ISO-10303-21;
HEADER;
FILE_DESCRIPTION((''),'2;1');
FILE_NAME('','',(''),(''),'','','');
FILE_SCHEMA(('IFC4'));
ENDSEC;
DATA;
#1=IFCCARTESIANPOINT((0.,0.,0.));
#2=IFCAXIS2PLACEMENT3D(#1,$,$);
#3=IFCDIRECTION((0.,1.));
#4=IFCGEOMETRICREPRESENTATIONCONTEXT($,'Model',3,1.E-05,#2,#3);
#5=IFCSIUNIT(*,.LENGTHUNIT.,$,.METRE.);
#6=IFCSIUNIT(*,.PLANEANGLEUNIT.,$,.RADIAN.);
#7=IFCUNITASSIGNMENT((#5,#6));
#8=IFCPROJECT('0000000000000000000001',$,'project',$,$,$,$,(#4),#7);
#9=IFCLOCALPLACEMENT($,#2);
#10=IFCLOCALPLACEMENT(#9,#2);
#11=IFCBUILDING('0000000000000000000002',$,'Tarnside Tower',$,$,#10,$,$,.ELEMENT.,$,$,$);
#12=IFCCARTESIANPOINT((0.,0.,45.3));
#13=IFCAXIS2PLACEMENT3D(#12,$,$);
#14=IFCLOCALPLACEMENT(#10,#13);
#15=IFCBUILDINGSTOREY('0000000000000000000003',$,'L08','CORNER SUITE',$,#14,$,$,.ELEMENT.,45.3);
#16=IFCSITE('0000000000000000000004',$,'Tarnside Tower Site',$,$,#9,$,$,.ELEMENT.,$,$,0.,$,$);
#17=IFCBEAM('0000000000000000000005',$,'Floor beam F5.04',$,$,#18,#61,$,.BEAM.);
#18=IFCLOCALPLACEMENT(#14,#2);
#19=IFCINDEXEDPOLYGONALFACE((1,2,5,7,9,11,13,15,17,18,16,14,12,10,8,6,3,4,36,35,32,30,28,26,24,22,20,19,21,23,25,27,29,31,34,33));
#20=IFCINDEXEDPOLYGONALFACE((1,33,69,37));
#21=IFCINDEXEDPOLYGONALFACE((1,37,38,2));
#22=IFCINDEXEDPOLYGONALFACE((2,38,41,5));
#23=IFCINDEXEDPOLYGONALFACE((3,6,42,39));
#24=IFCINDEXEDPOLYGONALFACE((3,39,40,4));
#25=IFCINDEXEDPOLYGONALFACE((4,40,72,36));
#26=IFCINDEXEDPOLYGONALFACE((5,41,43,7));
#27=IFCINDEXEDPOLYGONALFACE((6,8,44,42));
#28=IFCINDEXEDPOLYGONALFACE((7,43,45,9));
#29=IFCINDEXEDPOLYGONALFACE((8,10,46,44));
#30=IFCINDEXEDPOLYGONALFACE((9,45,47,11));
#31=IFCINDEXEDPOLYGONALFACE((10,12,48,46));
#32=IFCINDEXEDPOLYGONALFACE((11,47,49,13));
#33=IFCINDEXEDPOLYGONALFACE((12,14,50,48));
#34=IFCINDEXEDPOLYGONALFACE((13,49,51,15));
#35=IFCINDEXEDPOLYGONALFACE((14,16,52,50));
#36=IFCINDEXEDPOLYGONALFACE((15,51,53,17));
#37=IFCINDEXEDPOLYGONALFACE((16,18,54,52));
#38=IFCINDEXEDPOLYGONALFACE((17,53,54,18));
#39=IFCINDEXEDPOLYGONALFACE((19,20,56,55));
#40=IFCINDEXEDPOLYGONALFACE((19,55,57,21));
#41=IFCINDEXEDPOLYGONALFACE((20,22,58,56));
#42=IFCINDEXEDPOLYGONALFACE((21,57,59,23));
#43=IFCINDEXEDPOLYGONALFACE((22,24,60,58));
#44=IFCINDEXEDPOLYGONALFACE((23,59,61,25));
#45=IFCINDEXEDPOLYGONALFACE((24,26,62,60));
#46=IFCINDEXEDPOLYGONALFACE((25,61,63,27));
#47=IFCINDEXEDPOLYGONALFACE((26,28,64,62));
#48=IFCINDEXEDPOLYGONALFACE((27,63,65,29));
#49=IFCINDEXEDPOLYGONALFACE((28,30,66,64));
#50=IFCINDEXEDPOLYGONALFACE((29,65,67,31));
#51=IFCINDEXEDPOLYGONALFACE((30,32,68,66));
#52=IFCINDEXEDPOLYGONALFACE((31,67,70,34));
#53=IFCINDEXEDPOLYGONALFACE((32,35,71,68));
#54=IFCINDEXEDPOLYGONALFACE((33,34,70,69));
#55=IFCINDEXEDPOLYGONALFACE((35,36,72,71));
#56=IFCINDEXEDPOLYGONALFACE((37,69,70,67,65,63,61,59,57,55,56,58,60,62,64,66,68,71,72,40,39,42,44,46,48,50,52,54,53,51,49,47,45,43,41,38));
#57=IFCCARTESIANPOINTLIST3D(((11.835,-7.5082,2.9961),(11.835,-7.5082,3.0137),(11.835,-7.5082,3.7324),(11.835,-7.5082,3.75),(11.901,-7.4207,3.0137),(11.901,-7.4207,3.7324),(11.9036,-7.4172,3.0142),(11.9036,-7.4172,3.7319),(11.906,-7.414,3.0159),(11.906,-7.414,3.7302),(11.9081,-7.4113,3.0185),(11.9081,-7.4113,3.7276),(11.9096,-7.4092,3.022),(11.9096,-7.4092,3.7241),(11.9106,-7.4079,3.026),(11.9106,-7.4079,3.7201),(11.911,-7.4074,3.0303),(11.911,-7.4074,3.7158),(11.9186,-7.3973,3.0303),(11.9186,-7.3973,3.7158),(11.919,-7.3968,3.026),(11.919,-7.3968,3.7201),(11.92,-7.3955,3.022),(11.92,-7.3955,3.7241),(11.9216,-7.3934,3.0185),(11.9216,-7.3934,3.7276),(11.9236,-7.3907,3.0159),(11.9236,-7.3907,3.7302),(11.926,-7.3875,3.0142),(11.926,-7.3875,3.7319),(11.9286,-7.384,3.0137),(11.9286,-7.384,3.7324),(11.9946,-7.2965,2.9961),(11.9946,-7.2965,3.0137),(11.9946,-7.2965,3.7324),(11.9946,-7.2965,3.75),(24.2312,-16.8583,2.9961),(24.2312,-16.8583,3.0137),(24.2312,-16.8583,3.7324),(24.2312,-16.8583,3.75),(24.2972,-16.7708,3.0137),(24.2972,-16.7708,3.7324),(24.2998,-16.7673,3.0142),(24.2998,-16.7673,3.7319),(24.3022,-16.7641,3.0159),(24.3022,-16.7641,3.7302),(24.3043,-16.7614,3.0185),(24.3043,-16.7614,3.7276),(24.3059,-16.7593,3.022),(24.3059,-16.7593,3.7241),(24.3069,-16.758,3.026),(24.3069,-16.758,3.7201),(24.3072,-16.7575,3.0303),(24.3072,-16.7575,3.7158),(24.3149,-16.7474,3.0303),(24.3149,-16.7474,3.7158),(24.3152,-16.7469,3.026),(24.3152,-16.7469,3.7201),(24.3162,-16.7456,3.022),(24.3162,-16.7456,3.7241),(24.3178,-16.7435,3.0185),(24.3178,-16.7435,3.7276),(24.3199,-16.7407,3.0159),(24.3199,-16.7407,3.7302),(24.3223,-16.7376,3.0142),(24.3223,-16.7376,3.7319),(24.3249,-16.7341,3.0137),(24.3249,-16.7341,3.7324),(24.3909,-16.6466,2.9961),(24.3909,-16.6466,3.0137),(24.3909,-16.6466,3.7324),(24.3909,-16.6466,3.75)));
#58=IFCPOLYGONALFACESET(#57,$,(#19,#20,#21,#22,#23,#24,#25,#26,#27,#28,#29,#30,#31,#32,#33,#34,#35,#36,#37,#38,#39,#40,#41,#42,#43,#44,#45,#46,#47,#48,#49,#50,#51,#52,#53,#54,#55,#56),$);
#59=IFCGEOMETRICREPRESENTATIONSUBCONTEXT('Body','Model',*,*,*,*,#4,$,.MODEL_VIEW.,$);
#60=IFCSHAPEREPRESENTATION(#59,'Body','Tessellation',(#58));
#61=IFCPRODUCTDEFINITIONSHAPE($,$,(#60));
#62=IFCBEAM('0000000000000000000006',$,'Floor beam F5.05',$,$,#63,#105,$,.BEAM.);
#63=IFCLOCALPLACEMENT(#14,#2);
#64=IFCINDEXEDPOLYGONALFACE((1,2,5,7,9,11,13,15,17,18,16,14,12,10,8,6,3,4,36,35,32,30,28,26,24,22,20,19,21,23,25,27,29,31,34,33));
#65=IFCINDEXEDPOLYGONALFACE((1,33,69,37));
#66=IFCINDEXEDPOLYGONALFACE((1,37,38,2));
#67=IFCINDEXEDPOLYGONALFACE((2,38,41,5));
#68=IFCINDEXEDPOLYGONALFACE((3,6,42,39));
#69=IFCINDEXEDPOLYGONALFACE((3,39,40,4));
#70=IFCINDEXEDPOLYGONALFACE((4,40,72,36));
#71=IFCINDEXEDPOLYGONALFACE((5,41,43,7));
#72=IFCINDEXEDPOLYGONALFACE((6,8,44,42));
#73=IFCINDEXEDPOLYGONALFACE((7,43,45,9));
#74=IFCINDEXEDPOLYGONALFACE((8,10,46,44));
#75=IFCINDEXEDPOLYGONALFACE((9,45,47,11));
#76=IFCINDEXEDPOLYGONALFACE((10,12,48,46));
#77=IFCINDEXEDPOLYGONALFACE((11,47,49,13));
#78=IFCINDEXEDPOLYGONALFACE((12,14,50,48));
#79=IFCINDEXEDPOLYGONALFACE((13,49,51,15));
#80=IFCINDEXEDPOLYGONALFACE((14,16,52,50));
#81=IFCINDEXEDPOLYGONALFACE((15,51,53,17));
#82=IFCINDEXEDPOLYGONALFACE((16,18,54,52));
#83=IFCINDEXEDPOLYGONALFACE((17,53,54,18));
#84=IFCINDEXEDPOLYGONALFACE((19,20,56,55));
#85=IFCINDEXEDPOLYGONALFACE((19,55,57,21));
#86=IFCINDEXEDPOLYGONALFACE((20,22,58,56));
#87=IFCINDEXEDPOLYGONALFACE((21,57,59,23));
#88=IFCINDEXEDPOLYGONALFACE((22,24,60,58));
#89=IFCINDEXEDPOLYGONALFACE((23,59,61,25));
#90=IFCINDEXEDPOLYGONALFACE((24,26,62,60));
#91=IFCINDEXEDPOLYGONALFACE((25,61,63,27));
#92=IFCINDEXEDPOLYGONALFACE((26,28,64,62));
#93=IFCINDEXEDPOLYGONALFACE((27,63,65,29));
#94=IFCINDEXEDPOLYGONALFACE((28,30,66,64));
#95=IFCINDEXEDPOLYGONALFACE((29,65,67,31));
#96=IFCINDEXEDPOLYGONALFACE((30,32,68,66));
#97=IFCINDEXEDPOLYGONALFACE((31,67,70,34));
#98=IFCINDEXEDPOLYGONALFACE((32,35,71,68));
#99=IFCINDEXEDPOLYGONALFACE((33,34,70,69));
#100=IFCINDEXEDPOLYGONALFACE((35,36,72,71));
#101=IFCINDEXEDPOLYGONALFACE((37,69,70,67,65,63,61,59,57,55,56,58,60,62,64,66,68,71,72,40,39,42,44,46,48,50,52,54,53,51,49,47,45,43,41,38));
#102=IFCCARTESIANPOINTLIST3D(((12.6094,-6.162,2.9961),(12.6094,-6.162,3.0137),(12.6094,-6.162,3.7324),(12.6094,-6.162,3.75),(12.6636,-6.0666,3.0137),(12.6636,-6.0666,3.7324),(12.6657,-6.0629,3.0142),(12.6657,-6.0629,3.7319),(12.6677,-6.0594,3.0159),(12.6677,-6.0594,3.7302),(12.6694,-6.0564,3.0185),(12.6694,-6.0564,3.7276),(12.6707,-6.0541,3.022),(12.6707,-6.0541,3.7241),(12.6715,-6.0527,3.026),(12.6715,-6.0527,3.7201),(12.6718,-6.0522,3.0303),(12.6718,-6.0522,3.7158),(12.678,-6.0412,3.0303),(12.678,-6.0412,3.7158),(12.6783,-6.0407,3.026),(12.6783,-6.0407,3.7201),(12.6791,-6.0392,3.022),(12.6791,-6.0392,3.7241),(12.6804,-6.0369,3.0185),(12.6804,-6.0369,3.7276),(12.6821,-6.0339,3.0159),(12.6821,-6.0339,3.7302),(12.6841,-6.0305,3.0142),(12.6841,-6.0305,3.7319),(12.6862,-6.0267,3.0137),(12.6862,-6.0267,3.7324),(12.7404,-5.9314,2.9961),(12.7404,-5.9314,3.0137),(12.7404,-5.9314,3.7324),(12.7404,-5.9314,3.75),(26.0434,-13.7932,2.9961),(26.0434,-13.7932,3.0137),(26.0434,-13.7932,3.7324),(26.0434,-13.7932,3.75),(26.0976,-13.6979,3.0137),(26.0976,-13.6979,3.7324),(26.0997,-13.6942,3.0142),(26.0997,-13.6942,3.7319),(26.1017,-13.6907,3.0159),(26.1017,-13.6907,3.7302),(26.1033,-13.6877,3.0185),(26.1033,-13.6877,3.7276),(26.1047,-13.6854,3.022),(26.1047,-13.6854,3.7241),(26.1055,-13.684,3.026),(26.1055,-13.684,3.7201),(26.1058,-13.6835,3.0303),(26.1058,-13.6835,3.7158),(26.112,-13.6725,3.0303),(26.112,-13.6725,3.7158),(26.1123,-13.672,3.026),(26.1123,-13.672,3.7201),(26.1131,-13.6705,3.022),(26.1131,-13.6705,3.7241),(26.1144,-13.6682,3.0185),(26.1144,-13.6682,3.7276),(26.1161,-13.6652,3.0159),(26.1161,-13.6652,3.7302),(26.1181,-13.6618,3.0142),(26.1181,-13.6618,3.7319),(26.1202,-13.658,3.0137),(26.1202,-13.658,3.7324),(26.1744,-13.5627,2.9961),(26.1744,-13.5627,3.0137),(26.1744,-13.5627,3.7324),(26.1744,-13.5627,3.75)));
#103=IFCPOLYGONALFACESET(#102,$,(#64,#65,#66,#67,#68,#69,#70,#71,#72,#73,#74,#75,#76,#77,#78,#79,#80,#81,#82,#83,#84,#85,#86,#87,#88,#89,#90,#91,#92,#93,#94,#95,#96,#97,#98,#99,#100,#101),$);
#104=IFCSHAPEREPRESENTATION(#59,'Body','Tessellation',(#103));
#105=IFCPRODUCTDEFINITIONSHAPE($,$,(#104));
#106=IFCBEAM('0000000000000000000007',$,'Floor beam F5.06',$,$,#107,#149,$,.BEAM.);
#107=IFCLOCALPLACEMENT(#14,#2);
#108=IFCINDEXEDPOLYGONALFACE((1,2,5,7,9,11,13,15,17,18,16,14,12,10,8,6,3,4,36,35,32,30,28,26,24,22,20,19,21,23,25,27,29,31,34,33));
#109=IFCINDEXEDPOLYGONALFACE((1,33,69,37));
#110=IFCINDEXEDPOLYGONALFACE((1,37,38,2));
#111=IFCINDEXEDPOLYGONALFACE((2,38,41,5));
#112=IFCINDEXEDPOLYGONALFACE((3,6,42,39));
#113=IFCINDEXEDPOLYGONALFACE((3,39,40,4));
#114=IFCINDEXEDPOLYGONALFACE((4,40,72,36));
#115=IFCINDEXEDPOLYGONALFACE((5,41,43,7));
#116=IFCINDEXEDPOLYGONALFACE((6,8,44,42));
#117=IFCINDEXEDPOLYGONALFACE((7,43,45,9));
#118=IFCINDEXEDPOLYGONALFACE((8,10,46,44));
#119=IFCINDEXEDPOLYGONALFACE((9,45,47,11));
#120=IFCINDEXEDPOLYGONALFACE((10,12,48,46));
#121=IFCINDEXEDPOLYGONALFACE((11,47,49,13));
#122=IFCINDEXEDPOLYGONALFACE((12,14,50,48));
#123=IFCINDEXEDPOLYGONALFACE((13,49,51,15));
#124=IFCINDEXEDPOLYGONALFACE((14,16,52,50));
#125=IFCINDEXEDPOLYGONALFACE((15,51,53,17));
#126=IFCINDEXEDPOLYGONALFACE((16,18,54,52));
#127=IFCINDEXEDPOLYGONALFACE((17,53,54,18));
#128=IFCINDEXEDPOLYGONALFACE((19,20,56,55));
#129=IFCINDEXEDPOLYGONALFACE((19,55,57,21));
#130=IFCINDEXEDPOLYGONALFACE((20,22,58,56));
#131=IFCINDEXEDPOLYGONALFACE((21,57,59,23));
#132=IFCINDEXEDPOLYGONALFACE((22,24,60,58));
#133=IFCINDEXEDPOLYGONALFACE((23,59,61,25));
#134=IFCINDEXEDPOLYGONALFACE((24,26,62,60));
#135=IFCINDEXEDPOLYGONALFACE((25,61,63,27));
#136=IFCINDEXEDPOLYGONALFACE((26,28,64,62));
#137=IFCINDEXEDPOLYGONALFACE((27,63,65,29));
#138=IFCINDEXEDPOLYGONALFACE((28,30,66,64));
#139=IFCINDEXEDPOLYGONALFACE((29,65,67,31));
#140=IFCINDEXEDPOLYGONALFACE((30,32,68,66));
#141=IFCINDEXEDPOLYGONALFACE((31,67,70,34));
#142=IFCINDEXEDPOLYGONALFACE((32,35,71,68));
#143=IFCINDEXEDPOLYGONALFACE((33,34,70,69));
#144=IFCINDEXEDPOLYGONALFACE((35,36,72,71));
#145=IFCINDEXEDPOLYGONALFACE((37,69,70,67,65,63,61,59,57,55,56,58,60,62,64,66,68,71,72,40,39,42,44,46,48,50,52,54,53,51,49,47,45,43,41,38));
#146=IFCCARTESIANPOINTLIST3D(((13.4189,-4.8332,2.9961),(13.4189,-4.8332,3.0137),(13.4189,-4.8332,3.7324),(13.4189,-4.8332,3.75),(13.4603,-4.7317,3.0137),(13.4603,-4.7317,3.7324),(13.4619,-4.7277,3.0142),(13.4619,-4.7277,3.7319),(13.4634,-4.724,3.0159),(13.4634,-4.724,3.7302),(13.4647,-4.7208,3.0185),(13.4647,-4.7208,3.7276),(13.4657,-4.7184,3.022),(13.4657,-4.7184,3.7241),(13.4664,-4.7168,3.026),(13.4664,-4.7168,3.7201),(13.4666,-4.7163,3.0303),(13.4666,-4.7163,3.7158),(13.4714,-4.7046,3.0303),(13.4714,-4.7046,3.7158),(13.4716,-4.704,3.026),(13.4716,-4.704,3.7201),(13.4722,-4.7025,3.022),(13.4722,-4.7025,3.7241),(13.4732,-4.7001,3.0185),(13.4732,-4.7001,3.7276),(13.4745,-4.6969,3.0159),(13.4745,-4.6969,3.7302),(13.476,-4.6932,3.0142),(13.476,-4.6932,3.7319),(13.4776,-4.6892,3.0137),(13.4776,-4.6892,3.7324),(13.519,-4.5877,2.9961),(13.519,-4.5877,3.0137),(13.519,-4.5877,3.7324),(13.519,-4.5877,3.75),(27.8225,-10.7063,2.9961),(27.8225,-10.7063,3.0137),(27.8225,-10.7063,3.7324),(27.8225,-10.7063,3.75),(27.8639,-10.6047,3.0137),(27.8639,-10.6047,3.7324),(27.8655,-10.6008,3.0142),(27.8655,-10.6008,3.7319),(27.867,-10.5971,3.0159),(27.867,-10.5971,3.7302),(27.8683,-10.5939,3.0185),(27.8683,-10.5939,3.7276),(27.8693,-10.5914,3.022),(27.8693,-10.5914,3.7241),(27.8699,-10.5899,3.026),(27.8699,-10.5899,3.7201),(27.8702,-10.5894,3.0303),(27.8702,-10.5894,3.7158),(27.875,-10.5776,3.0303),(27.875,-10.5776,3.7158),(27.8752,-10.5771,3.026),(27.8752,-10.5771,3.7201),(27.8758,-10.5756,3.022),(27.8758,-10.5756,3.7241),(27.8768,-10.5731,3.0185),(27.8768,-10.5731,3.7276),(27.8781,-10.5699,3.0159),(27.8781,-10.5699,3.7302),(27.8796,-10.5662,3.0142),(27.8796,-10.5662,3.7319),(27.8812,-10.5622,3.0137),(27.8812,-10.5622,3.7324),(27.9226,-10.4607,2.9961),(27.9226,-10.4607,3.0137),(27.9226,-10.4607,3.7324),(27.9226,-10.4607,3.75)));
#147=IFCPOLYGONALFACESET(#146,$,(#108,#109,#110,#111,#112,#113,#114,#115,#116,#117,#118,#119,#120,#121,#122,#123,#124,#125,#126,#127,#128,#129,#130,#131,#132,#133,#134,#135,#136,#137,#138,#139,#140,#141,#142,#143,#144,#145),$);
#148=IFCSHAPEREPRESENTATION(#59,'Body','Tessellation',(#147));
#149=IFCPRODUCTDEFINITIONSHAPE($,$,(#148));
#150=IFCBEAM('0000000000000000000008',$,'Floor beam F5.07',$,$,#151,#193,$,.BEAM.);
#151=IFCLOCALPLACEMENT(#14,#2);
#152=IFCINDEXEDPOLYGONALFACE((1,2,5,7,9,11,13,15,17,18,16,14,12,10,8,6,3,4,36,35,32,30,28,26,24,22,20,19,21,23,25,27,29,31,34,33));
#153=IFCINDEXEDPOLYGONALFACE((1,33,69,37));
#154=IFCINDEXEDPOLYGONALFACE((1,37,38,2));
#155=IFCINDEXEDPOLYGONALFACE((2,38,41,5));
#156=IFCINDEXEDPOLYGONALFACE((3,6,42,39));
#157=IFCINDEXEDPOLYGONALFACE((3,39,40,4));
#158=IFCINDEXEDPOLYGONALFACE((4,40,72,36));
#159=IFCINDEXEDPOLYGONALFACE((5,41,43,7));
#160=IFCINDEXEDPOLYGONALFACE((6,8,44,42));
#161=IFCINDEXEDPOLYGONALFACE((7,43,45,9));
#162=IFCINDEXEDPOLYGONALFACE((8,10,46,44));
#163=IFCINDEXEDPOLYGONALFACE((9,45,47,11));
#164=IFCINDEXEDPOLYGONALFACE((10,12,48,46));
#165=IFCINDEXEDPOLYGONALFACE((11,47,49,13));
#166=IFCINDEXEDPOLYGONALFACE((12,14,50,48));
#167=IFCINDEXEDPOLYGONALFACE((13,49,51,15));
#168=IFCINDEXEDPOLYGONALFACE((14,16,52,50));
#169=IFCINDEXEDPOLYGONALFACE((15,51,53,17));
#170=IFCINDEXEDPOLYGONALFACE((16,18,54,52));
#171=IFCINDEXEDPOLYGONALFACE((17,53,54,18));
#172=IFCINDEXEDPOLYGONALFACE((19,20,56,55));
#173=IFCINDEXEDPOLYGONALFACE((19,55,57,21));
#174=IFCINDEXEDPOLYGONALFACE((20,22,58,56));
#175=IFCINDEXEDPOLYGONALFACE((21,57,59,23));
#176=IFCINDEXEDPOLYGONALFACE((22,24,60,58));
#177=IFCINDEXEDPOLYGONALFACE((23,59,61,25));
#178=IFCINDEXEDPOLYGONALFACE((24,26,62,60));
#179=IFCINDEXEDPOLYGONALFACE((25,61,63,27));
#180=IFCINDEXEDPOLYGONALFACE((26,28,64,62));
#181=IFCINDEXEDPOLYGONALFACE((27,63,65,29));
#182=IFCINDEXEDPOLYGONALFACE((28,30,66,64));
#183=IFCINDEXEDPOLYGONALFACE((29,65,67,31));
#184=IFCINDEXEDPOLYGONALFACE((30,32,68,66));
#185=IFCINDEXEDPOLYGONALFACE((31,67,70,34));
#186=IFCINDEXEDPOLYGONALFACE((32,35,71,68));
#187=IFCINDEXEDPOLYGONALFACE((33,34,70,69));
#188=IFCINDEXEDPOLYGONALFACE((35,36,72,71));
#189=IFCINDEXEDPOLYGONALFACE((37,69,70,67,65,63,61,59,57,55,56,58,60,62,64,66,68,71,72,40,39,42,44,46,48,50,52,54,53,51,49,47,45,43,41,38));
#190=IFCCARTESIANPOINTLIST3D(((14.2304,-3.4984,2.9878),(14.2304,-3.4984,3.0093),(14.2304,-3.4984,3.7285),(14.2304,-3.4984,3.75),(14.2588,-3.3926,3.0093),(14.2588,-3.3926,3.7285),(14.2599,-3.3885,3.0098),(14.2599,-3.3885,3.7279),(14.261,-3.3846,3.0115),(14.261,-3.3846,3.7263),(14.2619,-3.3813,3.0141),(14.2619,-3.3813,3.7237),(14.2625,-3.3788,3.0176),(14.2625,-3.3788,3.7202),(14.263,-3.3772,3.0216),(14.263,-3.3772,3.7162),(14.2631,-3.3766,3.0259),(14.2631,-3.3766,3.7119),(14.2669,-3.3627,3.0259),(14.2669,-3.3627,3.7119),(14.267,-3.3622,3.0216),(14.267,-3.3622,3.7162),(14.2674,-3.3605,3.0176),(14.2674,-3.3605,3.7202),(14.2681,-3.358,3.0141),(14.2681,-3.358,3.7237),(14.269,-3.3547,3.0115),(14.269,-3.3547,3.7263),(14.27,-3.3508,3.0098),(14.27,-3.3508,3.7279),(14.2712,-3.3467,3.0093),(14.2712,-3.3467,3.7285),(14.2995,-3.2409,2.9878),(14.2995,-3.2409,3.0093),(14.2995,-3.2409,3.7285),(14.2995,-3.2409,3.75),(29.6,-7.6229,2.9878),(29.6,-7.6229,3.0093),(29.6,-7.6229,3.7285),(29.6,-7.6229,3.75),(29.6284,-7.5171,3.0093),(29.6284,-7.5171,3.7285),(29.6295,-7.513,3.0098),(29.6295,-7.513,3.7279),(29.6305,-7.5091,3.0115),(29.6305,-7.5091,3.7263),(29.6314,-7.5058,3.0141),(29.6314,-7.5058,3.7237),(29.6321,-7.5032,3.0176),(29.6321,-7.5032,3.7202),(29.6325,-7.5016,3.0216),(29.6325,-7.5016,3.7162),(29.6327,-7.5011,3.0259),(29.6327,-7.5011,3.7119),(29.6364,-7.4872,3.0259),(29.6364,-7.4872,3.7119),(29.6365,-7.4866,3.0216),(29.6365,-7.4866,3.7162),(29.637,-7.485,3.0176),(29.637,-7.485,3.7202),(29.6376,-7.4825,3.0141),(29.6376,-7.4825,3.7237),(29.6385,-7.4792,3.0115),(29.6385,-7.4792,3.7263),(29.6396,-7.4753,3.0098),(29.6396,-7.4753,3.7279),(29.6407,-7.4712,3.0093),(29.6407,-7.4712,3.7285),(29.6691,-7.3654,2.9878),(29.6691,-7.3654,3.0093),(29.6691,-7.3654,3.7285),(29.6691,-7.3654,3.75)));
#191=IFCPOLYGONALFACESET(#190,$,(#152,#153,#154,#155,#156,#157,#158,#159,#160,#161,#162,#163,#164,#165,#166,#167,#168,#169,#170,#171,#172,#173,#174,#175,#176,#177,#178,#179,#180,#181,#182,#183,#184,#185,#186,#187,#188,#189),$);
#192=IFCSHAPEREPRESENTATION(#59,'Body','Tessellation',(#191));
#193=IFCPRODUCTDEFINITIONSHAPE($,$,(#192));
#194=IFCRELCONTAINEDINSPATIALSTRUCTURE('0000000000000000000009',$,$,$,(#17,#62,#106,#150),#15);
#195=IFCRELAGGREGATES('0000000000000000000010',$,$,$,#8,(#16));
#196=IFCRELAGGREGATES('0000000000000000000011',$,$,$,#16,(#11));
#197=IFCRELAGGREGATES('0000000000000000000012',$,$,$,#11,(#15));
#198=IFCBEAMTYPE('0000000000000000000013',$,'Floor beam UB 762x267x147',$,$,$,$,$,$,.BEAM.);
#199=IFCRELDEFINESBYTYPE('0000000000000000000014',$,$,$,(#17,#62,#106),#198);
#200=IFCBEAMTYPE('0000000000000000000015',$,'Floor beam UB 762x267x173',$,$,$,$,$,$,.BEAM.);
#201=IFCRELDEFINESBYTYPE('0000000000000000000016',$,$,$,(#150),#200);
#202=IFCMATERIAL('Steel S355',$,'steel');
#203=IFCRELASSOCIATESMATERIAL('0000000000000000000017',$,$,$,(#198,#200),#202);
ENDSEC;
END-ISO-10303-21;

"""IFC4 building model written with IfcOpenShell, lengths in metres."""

from ifc_helpers import new_model, si_unit, direction, frame, origin, origin_2d, place, context, subcontext, project, spatial, i_section, extrude, material, material_profile, profile_set, type_object, element, save


model = new_model("IFC4")

# Units and contexts
model_context = context("Model", 3, precision=1e-05, world=origin(), true_north=direction((0.0, 1.0)))
body_context = subcontext(model_context, "Body", "Model", "MODEL_VIEW")
ifc_project = project(units=[si_unit("LENGTHUNIT", "METRE"), si_unit("PLANEANGLEUNIT", "RADIAN")], contexts=[model_context])

# Site, building, storey
site_placement = place(None, origin())
site = spatial("IfcSite", under=ifc_project, at=site_placement, Name="Tarnside Tower Site", CompositionType="ELEMENT", RefElevation=0.0)
building_placement = place(site_placement, origin())
building = spatial("IfcBuilding", under=site, at=building_placement, Name="Tarnside Tower", CompositionType="ELEMENT")
storey_placement = place(building_placement, frame((0.0, 0.0, 45.3)))
storey = spatial("IfcBuildingStorey", under=building, at=storey_placement, Name="L08", Description="CORNER SUITE", CompositionType="ELEMENT", Elevation=45.3)

# Beams
ifc_material_1 = material(Name="Steel S355", Category="steel")
ifc_material_profile_1 = material_profile(ifc_material_1, i_section(OverallWidth=0.2651, OverallDepth=0.7539, WebThickness=0.0127, FlangeThickness=0.0176, FilletRadius=0.0166, at=origin_2d()), Name="UB 762x267x147")
ifc_profile_set_1 = profile_set([ifc_material_profile_1], Name="Steel S355")
beam_type_1 = type_object("IfcBeamType", Name="Floor beam UB 762x267x147", PredefinedType="BEAM", material=ifc_profile_set_1)
beam_1_placement = place(storey_placement, frame((24.311, -16.7524, 3.373), z_axis=(-0.798361, 0.602179, 0.0), x_axis=(-0.602179, -0.798361, 0.0)))
element("IfcBeam", 1, at=beam_1_placement, inside=storey, type_object=beam_type_1, Name="Floor beam F5.04", PredefinedType="BEAM", context=body_context, shape_type="SweptSolid", body=[
    extrude(i_section(OverallWidth=0.2651, OverallDepth=0.7539, WebThickness=0.0127, FlangeThickness=0.0176, FilletRadius=0.0166, at=origin_2d()), origin(), (0.0, 0.0, 1.0), 15.5271),
])
beam_2_placement = place(storey_placement, frame((26.1089, -13.678, 3.373), z_axis=(-0.869503, 0.493929, 0.0), x_axis=(-0.493929, -0.869503, 0.0)))
element("IfcBeam", 2, at=beam_2_placement, inside=storey, type_object=beam_type_1, Name="Floor beam F5.05", PredefinedType="BEAM", context=body_context, shape_type="SweptSolid", body=[
    extrude(i_section(OverallWidth=0.2651, OverallDepth=0.7539, WebThickness=0.0127, FlangeThickness=0.0176, FilletRadius=0.0166, at=origin_2d()), origin(), (0.0, 0.0, 1.0), 15.4502),
])
beam_3_placement = place(storey_placement, frame((27.8726, -10.5835, 3.373), z_axis=(-0.925982, 0.377569, 0.0), x_axis=(-0.377569, -0.925982, 0.0)))
element("IfcBeam", 3, at=beam_3_placement, inside=storey, type_object=beam_type_1, Name="Floor beam F5.06", PredefinedType="BEAM", context=body_context, shape_type="SweptSolid", body=[
    extrude(i_section(OverallWidth=0.2651, OverallDepth=0.7539, WebThickness=0.0127, FlangeThickness=0.0176, FilletRadius=0.0166, at=origin_2d()), origin(), (0.0, 0.0, 1.0), 15.5549),
])
ifc_material_profile_2 = material_profile(ifc_material_1, i_section(OverallWidth=0.2666, OverallDepth=0.7622, WebThickness=0.0144, FlangeThickness=0.0215, FilletRadius=0.0166, at=origin_2d()), Name="UB 762x267x173")
ifc_profile_set_2 = profile_set([ifc_material_profile_2], Name="Steel S355")
beam_type_2 = type_object("IfcBeamType", Name="Floor beam UB 762x267x173", PredefinedType="BEAM", material=ifc_profile_set_2)
beam_4_placement = place(storey_placement, frame((29.6345, -7.4941, 3.3689), z_axis=(-0.965828, 0.259184, 0.0), x_axis=(-0.259184, -0.965828, 0.0)))
element("IfcBeam", 4, at=beam_4_placement, inside=storey, type_object=beam_type_2, Name="Floor beam F5.07", PredefinedType="BEAM", context=body_context, shape_type="SweptSolid", body=[
    extrude(i_section(OverallWidth=0.2666, OverallDepth=0.7622, WebThickness=0.0144, FlangeThickness=0.0215, FilletRadius=0.0166, at=origin_2d()), origin(), (0.0, 0.0, 1.0), 15.9133),
])

save(model, "model.ifc")
